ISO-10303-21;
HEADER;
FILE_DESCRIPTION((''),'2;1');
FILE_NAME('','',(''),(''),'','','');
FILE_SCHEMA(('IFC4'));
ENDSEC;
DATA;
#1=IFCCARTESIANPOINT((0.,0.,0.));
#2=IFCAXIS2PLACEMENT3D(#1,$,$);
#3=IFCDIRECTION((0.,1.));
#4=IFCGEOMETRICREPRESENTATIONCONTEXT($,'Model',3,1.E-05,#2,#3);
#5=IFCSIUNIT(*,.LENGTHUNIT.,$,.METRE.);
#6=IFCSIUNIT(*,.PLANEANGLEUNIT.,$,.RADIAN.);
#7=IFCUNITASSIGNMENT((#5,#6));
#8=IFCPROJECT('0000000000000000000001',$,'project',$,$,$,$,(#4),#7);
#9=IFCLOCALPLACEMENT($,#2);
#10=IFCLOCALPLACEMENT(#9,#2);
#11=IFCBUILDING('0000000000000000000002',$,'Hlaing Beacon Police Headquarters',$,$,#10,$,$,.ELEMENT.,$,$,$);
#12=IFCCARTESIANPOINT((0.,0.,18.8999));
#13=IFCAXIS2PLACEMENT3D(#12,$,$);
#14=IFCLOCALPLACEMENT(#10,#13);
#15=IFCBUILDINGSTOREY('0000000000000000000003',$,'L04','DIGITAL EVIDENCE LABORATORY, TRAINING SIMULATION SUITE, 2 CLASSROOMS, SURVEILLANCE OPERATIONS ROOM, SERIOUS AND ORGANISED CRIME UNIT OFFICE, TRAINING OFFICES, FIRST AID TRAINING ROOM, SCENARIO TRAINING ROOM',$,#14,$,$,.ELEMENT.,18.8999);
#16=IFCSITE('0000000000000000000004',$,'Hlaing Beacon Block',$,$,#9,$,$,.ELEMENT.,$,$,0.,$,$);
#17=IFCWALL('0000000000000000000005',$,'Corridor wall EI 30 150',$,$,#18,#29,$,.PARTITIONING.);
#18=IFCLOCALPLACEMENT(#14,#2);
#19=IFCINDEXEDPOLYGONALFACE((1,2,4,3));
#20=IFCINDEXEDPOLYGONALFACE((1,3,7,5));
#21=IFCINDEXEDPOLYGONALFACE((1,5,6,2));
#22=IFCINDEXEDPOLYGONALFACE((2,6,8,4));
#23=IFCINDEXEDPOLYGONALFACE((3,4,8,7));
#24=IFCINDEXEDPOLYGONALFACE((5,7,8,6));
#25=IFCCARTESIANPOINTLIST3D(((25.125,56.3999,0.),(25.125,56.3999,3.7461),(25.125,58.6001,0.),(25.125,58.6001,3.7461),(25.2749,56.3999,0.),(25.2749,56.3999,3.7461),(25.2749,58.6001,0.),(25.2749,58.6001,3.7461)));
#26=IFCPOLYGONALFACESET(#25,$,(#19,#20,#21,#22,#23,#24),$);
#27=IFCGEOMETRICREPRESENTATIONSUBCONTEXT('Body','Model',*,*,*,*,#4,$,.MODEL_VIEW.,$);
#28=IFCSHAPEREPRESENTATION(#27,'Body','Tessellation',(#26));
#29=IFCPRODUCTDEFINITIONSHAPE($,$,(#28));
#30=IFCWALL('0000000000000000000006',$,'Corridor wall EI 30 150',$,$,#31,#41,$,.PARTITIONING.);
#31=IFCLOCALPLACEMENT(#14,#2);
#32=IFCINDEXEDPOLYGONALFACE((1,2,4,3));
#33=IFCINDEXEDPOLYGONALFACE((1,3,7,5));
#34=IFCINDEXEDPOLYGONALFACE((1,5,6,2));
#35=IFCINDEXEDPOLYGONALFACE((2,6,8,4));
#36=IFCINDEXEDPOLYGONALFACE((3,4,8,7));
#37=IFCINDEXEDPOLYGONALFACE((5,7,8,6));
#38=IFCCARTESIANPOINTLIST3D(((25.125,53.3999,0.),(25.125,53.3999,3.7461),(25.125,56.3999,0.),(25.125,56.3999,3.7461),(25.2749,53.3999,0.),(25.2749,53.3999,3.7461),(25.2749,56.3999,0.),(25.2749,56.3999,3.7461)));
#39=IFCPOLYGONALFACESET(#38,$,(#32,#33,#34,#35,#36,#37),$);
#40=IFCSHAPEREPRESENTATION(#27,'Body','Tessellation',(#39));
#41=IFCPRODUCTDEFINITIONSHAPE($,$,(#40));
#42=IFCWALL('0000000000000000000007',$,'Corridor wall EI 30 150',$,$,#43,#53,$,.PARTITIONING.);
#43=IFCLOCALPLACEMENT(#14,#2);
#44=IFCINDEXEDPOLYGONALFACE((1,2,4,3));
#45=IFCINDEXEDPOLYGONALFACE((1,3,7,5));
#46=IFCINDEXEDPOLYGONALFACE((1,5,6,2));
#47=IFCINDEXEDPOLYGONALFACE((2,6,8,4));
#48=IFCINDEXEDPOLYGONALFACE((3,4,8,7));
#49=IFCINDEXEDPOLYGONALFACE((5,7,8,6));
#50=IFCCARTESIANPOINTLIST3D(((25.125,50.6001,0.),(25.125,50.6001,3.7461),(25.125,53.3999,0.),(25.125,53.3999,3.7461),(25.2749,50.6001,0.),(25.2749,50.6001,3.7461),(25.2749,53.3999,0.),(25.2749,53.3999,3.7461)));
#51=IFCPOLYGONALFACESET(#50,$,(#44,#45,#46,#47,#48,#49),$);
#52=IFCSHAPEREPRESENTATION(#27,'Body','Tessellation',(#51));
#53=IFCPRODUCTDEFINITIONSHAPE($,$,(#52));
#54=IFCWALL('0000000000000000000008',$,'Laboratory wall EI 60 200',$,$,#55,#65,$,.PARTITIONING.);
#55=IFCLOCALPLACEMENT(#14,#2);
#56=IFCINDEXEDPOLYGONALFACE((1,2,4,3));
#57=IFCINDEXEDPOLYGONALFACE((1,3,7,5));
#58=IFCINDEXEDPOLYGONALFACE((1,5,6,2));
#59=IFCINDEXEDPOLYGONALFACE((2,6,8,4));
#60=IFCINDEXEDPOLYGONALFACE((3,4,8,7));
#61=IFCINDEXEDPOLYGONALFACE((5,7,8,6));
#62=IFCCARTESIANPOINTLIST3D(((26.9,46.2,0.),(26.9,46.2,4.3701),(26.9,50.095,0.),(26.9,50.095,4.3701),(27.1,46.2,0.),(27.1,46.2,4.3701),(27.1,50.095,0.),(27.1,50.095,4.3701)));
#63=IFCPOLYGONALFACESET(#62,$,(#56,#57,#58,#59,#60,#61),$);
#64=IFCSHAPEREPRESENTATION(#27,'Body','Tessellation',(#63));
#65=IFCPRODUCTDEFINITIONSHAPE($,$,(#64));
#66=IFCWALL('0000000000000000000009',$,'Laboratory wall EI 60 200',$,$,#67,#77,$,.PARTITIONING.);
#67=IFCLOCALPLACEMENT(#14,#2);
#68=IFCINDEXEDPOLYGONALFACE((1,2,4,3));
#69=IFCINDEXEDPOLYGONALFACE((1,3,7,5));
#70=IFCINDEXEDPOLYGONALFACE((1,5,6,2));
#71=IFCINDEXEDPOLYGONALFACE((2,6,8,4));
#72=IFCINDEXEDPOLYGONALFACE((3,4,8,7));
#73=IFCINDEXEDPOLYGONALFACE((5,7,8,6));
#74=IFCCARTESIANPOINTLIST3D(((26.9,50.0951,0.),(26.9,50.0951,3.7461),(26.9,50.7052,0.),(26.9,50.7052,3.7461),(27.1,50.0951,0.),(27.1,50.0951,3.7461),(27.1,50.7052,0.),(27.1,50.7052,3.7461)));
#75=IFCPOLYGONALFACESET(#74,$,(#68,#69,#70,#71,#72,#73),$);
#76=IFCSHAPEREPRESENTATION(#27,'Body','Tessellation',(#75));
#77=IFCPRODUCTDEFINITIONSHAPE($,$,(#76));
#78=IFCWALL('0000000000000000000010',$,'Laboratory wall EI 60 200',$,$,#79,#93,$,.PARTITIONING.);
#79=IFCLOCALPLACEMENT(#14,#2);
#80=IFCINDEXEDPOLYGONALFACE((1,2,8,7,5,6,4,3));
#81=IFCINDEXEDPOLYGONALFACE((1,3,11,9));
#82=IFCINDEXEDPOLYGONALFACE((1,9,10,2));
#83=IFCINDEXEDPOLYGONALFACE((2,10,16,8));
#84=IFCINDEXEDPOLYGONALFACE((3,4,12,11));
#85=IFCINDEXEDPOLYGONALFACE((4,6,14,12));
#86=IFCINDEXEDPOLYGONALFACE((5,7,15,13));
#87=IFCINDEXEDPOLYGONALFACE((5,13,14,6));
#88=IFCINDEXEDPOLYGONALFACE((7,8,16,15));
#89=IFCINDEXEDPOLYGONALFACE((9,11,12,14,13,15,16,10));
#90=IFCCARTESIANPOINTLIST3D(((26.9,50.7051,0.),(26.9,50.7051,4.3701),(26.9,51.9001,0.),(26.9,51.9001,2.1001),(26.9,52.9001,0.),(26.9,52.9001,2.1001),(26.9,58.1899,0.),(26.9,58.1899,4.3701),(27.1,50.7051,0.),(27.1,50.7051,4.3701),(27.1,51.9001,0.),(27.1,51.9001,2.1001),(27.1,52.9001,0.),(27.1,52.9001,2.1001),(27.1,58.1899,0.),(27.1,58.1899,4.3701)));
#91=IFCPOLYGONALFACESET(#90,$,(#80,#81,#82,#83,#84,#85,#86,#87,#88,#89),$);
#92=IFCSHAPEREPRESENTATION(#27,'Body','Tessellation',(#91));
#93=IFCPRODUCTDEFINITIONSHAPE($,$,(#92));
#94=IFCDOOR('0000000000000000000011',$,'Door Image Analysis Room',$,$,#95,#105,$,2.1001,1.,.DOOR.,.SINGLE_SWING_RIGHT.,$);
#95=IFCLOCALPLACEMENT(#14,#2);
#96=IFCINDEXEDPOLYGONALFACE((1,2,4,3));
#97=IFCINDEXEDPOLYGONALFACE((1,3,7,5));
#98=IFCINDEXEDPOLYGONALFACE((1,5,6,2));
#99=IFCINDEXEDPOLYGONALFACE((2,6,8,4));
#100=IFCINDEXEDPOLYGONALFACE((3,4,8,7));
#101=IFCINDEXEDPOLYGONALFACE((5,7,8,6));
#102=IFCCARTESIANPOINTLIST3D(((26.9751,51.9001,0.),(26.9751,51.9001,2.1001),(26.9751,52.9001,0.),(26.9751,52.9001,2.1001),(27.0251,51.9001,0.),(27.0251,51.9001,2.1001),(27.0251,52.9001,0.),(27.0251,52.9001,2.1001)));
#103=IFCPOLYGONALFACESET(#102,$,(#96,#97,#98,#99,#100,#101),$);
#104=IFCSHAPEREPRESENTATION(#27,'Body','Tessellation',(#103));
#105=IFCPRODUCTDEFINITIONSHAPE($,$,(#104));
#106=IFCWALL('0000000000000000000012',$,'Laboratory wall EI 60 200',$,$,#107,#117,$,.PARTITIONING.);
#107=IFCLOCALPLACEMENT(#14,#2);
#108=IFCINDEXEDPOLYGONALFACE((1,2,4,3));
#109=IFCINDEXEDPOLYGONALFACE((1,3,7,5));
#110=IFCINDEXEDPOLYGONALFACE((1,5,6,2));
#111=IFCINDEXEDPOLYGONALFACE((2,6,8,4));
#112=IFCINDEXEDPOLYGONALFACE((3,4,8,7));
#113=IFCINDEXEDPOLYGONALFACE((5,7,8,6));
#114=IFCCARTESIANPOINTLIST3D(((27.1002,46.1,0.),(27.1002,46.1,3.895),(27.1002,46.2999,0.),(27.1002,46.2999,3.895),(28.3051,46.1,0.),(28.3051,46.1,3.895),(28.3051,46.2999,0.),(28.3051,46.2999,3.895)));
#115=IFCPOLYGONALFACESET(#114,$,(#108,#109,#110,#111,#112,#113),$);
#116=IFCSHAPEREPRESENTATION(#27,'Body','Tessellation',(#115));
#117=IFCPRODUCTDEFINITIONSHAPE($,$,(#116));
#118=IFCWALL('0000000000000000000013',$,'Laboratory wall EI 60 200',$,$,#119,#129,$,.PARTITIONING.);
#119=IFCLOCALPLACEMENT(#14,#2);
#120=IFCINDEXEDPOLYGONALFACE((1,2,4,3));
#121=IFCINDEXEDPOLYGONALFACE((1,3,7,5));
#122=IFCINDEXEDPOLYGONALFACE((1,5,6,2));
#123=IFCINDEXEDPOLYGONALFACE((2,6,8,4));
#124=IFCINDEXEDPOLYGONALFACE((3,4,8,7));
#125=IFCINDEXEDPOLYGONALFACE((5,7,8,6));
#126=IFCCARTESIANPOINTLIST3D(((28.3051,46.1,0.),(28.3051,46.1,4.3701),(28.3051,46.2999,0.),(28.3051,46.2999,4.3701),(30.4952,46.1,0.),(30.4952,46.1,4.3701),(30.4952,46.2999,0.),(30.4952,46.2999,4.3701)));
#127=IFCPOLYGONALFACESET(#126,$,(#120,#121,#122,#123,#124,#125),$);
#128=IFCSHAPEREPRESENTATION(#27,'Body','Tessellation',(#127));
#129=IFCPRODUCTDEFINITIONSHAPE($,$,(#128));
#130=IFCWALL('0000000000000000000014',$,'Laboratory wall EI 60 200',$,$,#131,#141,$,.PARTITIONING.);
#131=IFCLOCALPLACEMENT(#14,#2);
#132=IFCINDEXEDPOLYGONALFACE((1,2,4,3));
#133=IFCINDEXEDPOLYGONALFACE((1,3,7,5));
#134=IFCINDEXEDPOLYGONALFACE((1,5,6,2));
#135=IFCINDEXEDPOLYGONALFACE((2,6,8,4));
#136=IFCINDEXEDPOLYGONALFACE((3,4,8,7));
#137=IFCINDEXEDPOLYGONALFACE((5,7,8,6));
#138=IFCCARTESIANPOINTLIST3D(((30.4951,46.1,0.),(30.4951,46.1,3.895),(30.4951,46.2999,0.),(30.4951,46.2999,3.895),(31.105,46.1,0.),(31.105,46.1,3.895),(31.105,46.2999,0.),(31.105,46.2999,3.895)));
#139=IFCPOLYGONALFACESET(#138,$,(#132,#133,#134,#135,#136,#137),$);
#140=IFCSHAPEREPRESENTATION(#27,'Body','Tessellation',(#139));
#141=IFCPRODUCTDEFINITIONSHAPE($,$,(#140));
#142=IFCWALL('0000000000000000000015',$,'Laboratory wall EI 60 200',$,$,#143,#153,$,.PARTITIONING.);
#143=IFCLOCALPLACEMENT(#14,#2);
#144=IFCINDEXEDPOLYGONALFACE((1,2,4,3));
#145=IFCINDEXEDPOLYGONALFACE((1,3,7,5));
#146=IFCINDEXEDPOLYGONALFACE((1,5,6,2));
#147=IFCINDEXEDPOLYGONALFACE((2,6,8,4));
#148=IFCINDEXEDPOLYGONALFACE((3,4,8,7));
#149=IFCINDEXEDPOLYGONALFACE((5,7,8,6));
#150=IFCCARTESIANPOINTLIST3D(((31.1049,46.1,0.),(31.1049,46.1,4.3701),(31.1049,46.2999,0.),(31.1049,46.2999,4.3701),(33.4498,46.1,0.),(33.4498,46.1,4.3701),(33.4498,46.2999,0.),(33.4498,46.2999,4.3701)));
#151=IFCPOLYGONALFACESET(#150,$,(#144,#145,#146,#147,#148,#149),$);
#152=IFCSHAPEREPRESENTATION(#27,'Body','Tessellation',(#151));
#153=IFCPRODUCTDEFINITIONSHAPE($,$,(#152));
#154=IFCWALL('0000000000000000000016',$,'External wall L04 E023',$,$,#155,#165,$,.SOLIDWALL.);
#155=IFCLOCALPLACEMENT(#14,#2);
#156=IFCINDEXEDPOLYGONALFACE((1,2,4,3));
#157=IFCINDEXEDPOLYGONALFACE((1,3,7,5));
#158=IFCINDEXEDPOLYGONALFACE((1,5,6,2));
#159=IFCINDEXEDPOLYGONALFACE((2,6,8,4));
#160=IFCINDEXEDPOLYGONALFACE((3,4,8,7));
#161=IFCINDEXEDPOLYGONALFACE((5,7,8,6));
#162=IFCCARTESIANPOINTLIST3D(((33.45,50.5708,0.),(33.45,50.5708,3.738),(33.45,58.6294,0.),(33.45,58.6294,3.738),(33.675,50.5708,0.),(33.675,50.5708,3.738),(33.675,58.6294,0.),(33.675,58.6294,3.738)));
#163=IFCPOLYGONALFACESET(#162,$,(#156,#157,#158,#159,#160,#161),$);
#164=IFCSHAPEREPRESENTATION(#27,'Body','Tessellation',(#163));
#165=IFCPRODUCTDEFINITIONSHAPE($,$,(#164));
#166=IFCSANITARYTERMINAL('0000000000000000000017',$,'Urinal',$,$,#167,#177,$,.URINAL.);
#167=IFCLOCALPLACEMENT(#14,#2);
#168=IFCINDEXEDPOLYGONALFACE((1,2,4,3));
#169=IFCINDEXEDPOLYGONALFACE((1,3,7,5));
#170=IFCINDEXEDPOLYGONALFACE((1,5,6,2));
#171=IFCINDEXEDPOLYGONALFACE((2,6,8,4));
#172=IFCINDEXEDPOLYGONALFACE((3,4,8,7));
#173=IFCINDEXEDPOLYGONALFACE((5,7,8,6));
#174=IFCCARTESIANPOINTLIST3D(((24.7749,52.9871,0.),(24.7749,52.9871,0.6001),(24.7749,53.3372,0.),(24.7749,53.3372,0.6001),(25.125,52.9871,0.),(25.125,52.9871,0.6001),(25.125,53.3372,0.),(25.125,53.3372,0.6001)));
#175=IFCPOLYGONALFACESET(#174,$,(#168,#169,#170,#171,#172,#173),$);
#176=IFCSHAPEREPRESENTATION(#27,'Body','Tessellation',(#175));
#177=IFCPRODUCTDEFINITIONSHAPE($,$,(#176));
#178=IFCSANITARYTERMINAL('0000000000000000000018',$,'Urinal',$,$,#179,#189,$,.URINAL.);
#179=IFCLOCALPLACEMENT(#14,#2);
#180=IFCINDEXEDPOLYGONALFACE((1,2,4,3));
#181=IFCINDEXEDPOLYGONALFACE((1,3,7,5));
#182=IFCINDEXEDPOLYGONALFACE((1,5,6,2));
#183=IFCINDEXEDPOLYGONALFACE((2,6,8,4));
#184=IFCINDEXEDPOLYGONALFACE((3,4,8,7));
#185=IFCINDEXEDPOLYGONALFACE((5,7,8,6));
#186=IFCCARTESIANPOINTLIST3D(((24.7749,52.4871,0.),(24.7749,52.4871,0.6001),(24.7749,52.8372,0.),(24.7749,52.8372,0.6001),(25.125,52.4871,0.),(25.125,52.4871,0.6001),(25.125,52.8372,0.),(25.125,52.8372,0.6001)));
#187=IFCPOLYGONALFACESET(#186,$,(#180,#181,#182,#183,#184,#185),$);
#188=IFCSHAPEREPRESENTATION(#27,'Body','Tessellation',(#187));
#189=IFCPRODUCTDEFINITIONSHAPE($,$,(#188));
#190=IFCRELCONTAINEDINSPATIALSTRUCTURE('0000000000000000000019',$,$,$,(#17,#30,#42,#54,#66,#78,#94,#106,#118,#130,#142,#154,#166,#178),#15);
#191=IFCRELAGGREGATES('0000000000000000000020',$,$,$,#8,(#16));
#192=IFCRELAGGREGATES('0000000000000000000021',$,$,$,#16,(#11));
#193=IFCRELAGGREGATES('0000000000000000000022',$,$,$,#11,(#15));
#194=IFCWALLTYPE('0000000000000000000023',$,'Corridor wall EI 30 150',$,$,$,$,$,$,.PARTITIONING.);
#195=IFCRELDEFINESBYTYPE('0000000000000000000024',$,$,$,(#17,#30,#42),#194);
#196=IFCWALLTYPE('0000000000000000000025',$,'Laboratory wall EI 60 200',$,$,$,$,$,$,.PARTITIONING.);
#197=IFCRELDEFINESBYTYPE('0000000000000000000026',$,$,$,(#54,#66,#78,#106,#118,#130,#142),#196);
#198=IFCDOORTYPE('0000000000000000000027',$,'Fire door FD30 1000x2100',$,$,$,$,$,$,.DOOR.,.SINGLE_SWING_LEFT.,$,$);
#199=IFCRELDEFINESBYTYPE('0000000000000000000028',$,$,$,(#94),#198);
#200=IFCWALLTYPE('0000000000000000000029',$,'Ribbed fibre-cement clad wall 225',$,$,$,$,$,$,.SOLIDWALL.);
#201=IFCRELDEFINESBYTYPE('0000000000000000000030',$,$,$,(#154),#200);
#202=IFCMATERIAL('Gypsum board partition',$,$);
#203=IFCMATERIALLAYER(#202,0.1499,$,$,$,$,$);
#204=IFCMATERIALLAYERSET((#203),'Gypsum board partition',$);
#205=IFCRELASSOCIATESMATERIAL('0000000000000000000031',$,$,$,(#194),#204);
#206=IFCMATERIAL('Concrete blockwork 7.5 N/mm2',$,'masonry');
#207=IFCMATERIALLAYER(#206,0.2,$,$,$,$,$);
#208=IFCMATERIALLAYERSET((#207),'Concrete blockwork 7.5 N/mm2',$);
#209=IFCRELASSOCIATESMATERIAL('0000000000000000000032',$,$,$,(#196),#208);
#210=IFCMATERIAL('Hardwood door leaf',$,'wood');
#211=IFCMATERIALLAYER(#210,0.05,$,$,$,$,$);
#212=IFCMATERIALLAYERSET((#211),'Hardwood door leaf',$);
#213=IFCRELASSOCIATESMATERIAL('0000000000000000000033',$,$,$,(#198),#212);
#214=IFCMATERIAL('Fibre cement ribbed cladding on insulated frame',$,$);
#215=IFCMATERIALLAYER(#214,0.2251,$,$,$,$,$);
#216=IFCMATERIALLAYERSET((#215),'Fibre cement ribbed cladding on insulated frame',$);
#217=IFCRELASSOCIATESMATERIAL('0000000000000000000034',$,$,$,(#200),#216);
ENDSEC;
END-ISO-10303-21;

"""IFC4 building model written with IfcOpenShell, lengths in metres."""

from ifc_helpers import new_model, si_unit, direction, frame, frame_2d, origin, origin_2d, place, context, subcontext, project, spatial, rectangle, extrude, material, layer, layer_set, type_object, element, fill, save


model = new_model("IFC4")

# Units and contexts
model_context = context("Model", 3, precision=1e-05, world=origin(), true_north=direction((0.0, 1.0)))
body_context = subcontext(model_context, "Body", "Model", "MODEL_VIEW")
ifc_project = project(units=[si_unit("LENGTHUNIT", "METRE"), si_unit("PLANEANGLEUNIT", "RADIAN")], contexts=[model_context])

# Site, building, storey
site_placement = place(None, origin())
site = spatial("IfcSite", under=ifc_project, at=site_placement, Name="Hlaing Beacon Block", CompositionType="ELEMENT", RefElevation=0.0)
building_placement = place(site_placement, origin())
building = spatial("IfcBuilding", under=site, at=building_placement, Name="Hlaing Beacon Police Headquarters", CompositionType="ELEMENT")
storey_placement = place(building_placement, frame((0.0, 0.0, 18.8999)))
storey = spatial("IfcBuildingStorey", under=building, at=storey_placement, Name="L04", Description="DIGITAL EVIDENCE LABORATORY, TRAINING SIMULATION SUITE, 2 CLASSROOMS, SURVEILLANCE OPERATIONS ROOM, SERIOUS AND ORGANISED CRIME UNIT OFFICE, TRAINING OFFICES, FIRST AID TRAINING ROOM, SCENARIO TRAINING ROOM", CompositionType="ELEMENT", Elevation=18.8999)

# Walls
ifc_material_1 = material(Name="Gypsum board partition")
ifc_layer_1 = layer(ifc_material_1, 0.1499)
ifc_layer_set_1 = layer_set([ifc_layer_1], Name="Gypsum board partition")
wall_type_1 = type_object("IfcWallType", Name="Corridor wall EI 30 150", PredefinedType="PARTITIONING", material=ifc_layer_set_1)
wall_1_placement = place(storey_placement, frame((25.2, 56.3999, 0.0), z_axis=(0.0, 0.0, 1.0), x_axis=(0.0, 1.0, 0.0)))
element("IfcWall", 1, at=wall_1_placement, inside=storey, type_object=wall_type_1, Name="Corridor wall EI 30 150", PredefinedType="PARTITIONING", context=body_context, shape_type="SweptSolid", body=[
    extrude(rectangle(XDim=2.2002, YDim=0.1499, at=frame_2d((1.1001, 0.0))), origin(), (0.0, 0.0, 1.0), 3.7461),
])
wall_2_placement = place(storey_placement, frame((25.2, 53.3999, 0.0), z_axis=(0.0, 0.0, 1.0), x_axis=(0.0, 1.0, 0.0)))
element("IfcWall", 2, at=wall_2_placement, inside=storey, type_object=wall_type_1, Name="Corridor wall EI 30 150", PredefinedType="PARTITIONING", context=body_context, shape_type="SweptSolid", body=[
    extrude(rectangle(XDim=3.0, YDim=0.1499, at=frame_2d((1.5, 0.0))), origin(), (0.0, 0.0, 1.0), 3.7461),
])
wall_3_placement = place(storey_placement, frame((25.2, 50.6001, 0.0), z_axis=(0.0, 0.0, 1.0), x_axis=(0.0, 1.0, 0.0)))
element("IfcWall", 3, at=wall_3_placement, inside=storey, type_object=wall_type_1, Name="Corridor wall EI 30 150", PredefinedType="PARTITIONING", context=body_context, shape_type="SweptSolid", body=[
    extrude(rectangle(XDim=2.7998, YDim=0.1499, at=frame_2d((1.3999, 0.0))), origin(), (0.0, 0.0, 1.0), 3.7461),
])
ifc_material_2 = material(Name="Concrete blockwork 7.5 N/mm2", Category="masonry")
ifc_layer_2 = layer(ifc_material_2, 0.2)
ifc_layer_set_2 = layer_set([ifc_layer_2], Name="Concrete blockwork 7.5 N/mm2")
wall_type_2 = type_object("IfcWallType", Name="Laboratory wall EI 60 200", PredefinedType="PARTITIONING", material=ifc_layer_set_2)
wall_4_placement = place(storey_placement, frame((27.0, 46.2, 0.0), z_axis=(0.0, 0.0, 1.0), x_axis=(0.0, 1.0, 0.0)))
element("IfcWall", 4, at=wall_4_placement, inside=storey, type_object=wall_type_2, Name="Laboratory wall EI 60 200", PredefinedType="PARTITIONING", context=body_context, shape_type="SweptSolid", body=[
    extrude(rectangle(XDim=3.895, YDim=0.2, at=frame_2d((1.9475, 0.0))), origin(), (0.0, 0.0, 1.0), 4.3701),
])
wall_5_placement = place(storey_placement, frame((27.0, 50.095, 0.0), z_axis=(0.0, 0.0, 1.0), x_axis=(0.0, 1.0, 0.0)))
element("IfcWall", 5, at=wall_5_placement, inside=storey, type_object=wall_type_2, Name="Laboratory wall EI 60 200", PredefinedType="PARTITIONING", context=body_context, shape_type="SweptSolid", body=[
    extrude(rectangle(XDim=0.6101, YDim=0.2, at=frame_2d((0.3052, 0.0))), origin(), (0.0, 0.0, 1.0), 3.7461),
])

# Wall, opening, door
wall_6_placement = place(storey_placement, frame((27.0, 50.7051, 0.0), z_axis=(0.0, 0.0, 1.0), x_axis=(0.0, 1.0, 0.0)))
wall_6 = element("IfcWall", 6, at=wall_6_placement, inside=storey, type_object=wall_type_2, Name="Laboratory wall EI 60 200", PredefinedType="PARTITIONING", context=body_context, shape_type="SweptSolid", body=[
    extrude(rectangle(XDim=7.4849, YDim=0.2, at=frame_2d((3.7424, 0.0))), origin(), (0.0, 0.0, 1.0), 4.3701),
])
opening_placement = place(wall_6_placement, frame((1.1951, 0.0, 0.0)))
opening = element("IfcOpeningElement", 7, at=opening_placement, cuts=wall_6, PredefinedType="OPENING", context=body_context, shape_type="SweptSolid", body=[
    extrude(rectangle(XDim=1.0, YDim=2.1001, at=frame_2d((0.5, 1.05))), frame((0.0, 0.1099, 0.0), z_axis=(0.0, -1.0, 0.0), x_axis=(1.0, 0.0, 0.0)), (0.0, 0.0, 1.0), 0.22),
])
ifc_material_3 = material(Name="Hardwood door leaf", Category="wood")
ifc_layer_3 = layer(ifc_material_3, 0.05)
ifc_layer_set_3 = layer_set([ifc_layer_3], Name="Hardwood door leaf")
door_type = type_object("IfcDoorType", Name="Fire door FD30 1000x2100", OperationType="SINGLE_SWING_LEFT", PredefinedType="DOOR", material=ifc_layer_set_3)
door_placement = place(opening_placement, frame((1.0, 0.0, 0.0), z_axis=(0.0, 0.0, 1.0), x_axis=(-1.0, 0.0, 0.0)))
door = element("IfcDoor", 8, at=door_placement, inside=storey, type_object=door_type, Name="Door Image Analysis Room", OperationType="SINGLE_SWING_RIGHT", OverallHeight=2.1001, OverallWidth=1.0, PredefinedType="DOOR", context=body_context, shape_type="SweptSolid", body=[
    extrude(rectangle(XDim=1.0, YDim=2.1001, at=frame_2d((0.5, 1.05))), frame((0.0, 0.0251, 0.0), z_axis=(0.0, -1.0, 0.0), x_axis=(1.0, 0.0, 0.0)), (0.0, 0.0, 1.0), 0.05),
])
fill(opening, door)

# Walls
wall_7_placement = place(storey_placement, frame((27.1001, 46.2, 0.0), z_axis=(0.0, 0.0, 1.0), x_axis=(1.0, 0.0, 0.0)))
element("IfcWall", 9, at=wall_7_placement, inside=storey, type_object=wall_type_2, Name="Laboratory wall EI 60 200", PredefinedType="PARTITIONING", context=body_context, shape_type="SweptSolid", body=[
    extrude(rectangle(XDim=1.2048, YDim=0.2, at=frame_2d((0.6025, 0.0))), origin(), (0.0, 0.0, 1.0), 3.895),
])
wall_8_placement = place(storey_placement, frame((28.3049, 46.2, 0.0), z_axis=(0.0, 0.0, 1.0), x_axis=(1.0, 0.0, 0.0)))
element("IfcWall", 10, at=wall_8_placement, inside=storey, type_object=wall_type_2, Name="Laboratory wall EI 60 200", PredefinedType="PARTITIONING", context=body_context, shape_type="SweptSolid", body=[
    extrude(rectangle(XDim=2.1902, YDim=0.2, at=frame_2d((1.0952, 0.0))), origin(), (0.0, 0.0, 1.0), 4.3701),
])
wall_9_placement = place(storey_placement, frame((30.4951, 46.2, 0.0), z_axis=(0.0, 0.0, 1.0), x_axis=(1.0, 0.0, 0.0)))
element("IfcWall", 11, at=wall_9_placement, inside=storey, type_object=wall_type_2, Name="Laboratory wall EI 60 200", PredefinedType="PARTITIONING", context=body_context, shape_type="SweptSolid", body=[
    extrude(rectangle(XDim=0.6099, YDim=0.2, at=frame_2d((0.3049, 0.0))), origin(), (0.0, 0.0, 1.0), 3.895),
])
wall_10_placement = place(storey_placement, frame((31.105, 46.2, 0.0), z_axis=(0.0, 0.0, 1.0), x_axis=(1.0, 0.0, 0.0)))
element("IfcWall", 12, at=wall_10_placement, inside=storey, type_object=wall_type_2, Name="Laboratory wall EI 60 200", PredefinedType="PARTITIONING", context=body_context, shape_type="SweptSolid", body=[
    extrude(rectangle(XDim=2.345, YDim=0.2, at=frame_2d((1.1724, 0.0))), origin(), (0.0, 0.0, 1.0), 4.3701),
])
ifc_material_4 = material(Name="Fibre cement ribbed cladding on insulated frame")
ifc_layer_4 = layer(ifc_material_4, 0.2251)
ifc_layer_set_4 = layer_set([ifc_layer_4], Name="Fibre cement ribbed cladding on insulated frame")
wall_type_3 = type_object("IfcWallType", Name="Ribbed fibre-cement clad wall 225", PredefinedType="SOLIDWALL", material=ifc_layer_set_4)
wall_11_placement = place(storey_placement, frame((33.5625, 50.5708, 0.0), z_axis=(0.0, 0.0, 1.0), x_axis=(0.0, 1.0, 0.0)))
element("IfcWall", 13, at=wall_11_placement, inside=storey, type_object=wall_type_3, Name="External wall L04 E023", PredefinedType="SOLIDWALL", context=body_context, shape_type="SweptSolid", body=[
    extrude(rectangle(XDim=8.0586, YDim=0.2251, at=frame_2d((4.0293, 0.0))), origin(), (0.0, 0.0, 1.0), 3.738),
])

# Sanitary terminals
for number, where, z_axis, x_axis, name in (
    (14, (24.95, 53.1621, 0.0), (0.0, 0.0, 1.0), (1.0, 0.0, 0.0), "Urinal"),
    (15, (24.95, 52.6621, 0.0), (0.0, 0.0, 1.0), (1.0, 0.0, 0.0), "Urinal"),
):
    element("IfcSanitaryTerminal", number, at=place(storey_placement, frame(where, z_axis=z_axis, x_axis=x_axis)), inside=storey, Name=name, PredefinedType="URINAL", context=body_context, shape_type="SweptSolid", body=[
        extrude(rectangle(XDim=0.3501, YDim=0.3501, at=origin_2d()), origin(), (0.0, 0.0, 1.0), 0.6001),
    ])

save(model, "model.ifc")
